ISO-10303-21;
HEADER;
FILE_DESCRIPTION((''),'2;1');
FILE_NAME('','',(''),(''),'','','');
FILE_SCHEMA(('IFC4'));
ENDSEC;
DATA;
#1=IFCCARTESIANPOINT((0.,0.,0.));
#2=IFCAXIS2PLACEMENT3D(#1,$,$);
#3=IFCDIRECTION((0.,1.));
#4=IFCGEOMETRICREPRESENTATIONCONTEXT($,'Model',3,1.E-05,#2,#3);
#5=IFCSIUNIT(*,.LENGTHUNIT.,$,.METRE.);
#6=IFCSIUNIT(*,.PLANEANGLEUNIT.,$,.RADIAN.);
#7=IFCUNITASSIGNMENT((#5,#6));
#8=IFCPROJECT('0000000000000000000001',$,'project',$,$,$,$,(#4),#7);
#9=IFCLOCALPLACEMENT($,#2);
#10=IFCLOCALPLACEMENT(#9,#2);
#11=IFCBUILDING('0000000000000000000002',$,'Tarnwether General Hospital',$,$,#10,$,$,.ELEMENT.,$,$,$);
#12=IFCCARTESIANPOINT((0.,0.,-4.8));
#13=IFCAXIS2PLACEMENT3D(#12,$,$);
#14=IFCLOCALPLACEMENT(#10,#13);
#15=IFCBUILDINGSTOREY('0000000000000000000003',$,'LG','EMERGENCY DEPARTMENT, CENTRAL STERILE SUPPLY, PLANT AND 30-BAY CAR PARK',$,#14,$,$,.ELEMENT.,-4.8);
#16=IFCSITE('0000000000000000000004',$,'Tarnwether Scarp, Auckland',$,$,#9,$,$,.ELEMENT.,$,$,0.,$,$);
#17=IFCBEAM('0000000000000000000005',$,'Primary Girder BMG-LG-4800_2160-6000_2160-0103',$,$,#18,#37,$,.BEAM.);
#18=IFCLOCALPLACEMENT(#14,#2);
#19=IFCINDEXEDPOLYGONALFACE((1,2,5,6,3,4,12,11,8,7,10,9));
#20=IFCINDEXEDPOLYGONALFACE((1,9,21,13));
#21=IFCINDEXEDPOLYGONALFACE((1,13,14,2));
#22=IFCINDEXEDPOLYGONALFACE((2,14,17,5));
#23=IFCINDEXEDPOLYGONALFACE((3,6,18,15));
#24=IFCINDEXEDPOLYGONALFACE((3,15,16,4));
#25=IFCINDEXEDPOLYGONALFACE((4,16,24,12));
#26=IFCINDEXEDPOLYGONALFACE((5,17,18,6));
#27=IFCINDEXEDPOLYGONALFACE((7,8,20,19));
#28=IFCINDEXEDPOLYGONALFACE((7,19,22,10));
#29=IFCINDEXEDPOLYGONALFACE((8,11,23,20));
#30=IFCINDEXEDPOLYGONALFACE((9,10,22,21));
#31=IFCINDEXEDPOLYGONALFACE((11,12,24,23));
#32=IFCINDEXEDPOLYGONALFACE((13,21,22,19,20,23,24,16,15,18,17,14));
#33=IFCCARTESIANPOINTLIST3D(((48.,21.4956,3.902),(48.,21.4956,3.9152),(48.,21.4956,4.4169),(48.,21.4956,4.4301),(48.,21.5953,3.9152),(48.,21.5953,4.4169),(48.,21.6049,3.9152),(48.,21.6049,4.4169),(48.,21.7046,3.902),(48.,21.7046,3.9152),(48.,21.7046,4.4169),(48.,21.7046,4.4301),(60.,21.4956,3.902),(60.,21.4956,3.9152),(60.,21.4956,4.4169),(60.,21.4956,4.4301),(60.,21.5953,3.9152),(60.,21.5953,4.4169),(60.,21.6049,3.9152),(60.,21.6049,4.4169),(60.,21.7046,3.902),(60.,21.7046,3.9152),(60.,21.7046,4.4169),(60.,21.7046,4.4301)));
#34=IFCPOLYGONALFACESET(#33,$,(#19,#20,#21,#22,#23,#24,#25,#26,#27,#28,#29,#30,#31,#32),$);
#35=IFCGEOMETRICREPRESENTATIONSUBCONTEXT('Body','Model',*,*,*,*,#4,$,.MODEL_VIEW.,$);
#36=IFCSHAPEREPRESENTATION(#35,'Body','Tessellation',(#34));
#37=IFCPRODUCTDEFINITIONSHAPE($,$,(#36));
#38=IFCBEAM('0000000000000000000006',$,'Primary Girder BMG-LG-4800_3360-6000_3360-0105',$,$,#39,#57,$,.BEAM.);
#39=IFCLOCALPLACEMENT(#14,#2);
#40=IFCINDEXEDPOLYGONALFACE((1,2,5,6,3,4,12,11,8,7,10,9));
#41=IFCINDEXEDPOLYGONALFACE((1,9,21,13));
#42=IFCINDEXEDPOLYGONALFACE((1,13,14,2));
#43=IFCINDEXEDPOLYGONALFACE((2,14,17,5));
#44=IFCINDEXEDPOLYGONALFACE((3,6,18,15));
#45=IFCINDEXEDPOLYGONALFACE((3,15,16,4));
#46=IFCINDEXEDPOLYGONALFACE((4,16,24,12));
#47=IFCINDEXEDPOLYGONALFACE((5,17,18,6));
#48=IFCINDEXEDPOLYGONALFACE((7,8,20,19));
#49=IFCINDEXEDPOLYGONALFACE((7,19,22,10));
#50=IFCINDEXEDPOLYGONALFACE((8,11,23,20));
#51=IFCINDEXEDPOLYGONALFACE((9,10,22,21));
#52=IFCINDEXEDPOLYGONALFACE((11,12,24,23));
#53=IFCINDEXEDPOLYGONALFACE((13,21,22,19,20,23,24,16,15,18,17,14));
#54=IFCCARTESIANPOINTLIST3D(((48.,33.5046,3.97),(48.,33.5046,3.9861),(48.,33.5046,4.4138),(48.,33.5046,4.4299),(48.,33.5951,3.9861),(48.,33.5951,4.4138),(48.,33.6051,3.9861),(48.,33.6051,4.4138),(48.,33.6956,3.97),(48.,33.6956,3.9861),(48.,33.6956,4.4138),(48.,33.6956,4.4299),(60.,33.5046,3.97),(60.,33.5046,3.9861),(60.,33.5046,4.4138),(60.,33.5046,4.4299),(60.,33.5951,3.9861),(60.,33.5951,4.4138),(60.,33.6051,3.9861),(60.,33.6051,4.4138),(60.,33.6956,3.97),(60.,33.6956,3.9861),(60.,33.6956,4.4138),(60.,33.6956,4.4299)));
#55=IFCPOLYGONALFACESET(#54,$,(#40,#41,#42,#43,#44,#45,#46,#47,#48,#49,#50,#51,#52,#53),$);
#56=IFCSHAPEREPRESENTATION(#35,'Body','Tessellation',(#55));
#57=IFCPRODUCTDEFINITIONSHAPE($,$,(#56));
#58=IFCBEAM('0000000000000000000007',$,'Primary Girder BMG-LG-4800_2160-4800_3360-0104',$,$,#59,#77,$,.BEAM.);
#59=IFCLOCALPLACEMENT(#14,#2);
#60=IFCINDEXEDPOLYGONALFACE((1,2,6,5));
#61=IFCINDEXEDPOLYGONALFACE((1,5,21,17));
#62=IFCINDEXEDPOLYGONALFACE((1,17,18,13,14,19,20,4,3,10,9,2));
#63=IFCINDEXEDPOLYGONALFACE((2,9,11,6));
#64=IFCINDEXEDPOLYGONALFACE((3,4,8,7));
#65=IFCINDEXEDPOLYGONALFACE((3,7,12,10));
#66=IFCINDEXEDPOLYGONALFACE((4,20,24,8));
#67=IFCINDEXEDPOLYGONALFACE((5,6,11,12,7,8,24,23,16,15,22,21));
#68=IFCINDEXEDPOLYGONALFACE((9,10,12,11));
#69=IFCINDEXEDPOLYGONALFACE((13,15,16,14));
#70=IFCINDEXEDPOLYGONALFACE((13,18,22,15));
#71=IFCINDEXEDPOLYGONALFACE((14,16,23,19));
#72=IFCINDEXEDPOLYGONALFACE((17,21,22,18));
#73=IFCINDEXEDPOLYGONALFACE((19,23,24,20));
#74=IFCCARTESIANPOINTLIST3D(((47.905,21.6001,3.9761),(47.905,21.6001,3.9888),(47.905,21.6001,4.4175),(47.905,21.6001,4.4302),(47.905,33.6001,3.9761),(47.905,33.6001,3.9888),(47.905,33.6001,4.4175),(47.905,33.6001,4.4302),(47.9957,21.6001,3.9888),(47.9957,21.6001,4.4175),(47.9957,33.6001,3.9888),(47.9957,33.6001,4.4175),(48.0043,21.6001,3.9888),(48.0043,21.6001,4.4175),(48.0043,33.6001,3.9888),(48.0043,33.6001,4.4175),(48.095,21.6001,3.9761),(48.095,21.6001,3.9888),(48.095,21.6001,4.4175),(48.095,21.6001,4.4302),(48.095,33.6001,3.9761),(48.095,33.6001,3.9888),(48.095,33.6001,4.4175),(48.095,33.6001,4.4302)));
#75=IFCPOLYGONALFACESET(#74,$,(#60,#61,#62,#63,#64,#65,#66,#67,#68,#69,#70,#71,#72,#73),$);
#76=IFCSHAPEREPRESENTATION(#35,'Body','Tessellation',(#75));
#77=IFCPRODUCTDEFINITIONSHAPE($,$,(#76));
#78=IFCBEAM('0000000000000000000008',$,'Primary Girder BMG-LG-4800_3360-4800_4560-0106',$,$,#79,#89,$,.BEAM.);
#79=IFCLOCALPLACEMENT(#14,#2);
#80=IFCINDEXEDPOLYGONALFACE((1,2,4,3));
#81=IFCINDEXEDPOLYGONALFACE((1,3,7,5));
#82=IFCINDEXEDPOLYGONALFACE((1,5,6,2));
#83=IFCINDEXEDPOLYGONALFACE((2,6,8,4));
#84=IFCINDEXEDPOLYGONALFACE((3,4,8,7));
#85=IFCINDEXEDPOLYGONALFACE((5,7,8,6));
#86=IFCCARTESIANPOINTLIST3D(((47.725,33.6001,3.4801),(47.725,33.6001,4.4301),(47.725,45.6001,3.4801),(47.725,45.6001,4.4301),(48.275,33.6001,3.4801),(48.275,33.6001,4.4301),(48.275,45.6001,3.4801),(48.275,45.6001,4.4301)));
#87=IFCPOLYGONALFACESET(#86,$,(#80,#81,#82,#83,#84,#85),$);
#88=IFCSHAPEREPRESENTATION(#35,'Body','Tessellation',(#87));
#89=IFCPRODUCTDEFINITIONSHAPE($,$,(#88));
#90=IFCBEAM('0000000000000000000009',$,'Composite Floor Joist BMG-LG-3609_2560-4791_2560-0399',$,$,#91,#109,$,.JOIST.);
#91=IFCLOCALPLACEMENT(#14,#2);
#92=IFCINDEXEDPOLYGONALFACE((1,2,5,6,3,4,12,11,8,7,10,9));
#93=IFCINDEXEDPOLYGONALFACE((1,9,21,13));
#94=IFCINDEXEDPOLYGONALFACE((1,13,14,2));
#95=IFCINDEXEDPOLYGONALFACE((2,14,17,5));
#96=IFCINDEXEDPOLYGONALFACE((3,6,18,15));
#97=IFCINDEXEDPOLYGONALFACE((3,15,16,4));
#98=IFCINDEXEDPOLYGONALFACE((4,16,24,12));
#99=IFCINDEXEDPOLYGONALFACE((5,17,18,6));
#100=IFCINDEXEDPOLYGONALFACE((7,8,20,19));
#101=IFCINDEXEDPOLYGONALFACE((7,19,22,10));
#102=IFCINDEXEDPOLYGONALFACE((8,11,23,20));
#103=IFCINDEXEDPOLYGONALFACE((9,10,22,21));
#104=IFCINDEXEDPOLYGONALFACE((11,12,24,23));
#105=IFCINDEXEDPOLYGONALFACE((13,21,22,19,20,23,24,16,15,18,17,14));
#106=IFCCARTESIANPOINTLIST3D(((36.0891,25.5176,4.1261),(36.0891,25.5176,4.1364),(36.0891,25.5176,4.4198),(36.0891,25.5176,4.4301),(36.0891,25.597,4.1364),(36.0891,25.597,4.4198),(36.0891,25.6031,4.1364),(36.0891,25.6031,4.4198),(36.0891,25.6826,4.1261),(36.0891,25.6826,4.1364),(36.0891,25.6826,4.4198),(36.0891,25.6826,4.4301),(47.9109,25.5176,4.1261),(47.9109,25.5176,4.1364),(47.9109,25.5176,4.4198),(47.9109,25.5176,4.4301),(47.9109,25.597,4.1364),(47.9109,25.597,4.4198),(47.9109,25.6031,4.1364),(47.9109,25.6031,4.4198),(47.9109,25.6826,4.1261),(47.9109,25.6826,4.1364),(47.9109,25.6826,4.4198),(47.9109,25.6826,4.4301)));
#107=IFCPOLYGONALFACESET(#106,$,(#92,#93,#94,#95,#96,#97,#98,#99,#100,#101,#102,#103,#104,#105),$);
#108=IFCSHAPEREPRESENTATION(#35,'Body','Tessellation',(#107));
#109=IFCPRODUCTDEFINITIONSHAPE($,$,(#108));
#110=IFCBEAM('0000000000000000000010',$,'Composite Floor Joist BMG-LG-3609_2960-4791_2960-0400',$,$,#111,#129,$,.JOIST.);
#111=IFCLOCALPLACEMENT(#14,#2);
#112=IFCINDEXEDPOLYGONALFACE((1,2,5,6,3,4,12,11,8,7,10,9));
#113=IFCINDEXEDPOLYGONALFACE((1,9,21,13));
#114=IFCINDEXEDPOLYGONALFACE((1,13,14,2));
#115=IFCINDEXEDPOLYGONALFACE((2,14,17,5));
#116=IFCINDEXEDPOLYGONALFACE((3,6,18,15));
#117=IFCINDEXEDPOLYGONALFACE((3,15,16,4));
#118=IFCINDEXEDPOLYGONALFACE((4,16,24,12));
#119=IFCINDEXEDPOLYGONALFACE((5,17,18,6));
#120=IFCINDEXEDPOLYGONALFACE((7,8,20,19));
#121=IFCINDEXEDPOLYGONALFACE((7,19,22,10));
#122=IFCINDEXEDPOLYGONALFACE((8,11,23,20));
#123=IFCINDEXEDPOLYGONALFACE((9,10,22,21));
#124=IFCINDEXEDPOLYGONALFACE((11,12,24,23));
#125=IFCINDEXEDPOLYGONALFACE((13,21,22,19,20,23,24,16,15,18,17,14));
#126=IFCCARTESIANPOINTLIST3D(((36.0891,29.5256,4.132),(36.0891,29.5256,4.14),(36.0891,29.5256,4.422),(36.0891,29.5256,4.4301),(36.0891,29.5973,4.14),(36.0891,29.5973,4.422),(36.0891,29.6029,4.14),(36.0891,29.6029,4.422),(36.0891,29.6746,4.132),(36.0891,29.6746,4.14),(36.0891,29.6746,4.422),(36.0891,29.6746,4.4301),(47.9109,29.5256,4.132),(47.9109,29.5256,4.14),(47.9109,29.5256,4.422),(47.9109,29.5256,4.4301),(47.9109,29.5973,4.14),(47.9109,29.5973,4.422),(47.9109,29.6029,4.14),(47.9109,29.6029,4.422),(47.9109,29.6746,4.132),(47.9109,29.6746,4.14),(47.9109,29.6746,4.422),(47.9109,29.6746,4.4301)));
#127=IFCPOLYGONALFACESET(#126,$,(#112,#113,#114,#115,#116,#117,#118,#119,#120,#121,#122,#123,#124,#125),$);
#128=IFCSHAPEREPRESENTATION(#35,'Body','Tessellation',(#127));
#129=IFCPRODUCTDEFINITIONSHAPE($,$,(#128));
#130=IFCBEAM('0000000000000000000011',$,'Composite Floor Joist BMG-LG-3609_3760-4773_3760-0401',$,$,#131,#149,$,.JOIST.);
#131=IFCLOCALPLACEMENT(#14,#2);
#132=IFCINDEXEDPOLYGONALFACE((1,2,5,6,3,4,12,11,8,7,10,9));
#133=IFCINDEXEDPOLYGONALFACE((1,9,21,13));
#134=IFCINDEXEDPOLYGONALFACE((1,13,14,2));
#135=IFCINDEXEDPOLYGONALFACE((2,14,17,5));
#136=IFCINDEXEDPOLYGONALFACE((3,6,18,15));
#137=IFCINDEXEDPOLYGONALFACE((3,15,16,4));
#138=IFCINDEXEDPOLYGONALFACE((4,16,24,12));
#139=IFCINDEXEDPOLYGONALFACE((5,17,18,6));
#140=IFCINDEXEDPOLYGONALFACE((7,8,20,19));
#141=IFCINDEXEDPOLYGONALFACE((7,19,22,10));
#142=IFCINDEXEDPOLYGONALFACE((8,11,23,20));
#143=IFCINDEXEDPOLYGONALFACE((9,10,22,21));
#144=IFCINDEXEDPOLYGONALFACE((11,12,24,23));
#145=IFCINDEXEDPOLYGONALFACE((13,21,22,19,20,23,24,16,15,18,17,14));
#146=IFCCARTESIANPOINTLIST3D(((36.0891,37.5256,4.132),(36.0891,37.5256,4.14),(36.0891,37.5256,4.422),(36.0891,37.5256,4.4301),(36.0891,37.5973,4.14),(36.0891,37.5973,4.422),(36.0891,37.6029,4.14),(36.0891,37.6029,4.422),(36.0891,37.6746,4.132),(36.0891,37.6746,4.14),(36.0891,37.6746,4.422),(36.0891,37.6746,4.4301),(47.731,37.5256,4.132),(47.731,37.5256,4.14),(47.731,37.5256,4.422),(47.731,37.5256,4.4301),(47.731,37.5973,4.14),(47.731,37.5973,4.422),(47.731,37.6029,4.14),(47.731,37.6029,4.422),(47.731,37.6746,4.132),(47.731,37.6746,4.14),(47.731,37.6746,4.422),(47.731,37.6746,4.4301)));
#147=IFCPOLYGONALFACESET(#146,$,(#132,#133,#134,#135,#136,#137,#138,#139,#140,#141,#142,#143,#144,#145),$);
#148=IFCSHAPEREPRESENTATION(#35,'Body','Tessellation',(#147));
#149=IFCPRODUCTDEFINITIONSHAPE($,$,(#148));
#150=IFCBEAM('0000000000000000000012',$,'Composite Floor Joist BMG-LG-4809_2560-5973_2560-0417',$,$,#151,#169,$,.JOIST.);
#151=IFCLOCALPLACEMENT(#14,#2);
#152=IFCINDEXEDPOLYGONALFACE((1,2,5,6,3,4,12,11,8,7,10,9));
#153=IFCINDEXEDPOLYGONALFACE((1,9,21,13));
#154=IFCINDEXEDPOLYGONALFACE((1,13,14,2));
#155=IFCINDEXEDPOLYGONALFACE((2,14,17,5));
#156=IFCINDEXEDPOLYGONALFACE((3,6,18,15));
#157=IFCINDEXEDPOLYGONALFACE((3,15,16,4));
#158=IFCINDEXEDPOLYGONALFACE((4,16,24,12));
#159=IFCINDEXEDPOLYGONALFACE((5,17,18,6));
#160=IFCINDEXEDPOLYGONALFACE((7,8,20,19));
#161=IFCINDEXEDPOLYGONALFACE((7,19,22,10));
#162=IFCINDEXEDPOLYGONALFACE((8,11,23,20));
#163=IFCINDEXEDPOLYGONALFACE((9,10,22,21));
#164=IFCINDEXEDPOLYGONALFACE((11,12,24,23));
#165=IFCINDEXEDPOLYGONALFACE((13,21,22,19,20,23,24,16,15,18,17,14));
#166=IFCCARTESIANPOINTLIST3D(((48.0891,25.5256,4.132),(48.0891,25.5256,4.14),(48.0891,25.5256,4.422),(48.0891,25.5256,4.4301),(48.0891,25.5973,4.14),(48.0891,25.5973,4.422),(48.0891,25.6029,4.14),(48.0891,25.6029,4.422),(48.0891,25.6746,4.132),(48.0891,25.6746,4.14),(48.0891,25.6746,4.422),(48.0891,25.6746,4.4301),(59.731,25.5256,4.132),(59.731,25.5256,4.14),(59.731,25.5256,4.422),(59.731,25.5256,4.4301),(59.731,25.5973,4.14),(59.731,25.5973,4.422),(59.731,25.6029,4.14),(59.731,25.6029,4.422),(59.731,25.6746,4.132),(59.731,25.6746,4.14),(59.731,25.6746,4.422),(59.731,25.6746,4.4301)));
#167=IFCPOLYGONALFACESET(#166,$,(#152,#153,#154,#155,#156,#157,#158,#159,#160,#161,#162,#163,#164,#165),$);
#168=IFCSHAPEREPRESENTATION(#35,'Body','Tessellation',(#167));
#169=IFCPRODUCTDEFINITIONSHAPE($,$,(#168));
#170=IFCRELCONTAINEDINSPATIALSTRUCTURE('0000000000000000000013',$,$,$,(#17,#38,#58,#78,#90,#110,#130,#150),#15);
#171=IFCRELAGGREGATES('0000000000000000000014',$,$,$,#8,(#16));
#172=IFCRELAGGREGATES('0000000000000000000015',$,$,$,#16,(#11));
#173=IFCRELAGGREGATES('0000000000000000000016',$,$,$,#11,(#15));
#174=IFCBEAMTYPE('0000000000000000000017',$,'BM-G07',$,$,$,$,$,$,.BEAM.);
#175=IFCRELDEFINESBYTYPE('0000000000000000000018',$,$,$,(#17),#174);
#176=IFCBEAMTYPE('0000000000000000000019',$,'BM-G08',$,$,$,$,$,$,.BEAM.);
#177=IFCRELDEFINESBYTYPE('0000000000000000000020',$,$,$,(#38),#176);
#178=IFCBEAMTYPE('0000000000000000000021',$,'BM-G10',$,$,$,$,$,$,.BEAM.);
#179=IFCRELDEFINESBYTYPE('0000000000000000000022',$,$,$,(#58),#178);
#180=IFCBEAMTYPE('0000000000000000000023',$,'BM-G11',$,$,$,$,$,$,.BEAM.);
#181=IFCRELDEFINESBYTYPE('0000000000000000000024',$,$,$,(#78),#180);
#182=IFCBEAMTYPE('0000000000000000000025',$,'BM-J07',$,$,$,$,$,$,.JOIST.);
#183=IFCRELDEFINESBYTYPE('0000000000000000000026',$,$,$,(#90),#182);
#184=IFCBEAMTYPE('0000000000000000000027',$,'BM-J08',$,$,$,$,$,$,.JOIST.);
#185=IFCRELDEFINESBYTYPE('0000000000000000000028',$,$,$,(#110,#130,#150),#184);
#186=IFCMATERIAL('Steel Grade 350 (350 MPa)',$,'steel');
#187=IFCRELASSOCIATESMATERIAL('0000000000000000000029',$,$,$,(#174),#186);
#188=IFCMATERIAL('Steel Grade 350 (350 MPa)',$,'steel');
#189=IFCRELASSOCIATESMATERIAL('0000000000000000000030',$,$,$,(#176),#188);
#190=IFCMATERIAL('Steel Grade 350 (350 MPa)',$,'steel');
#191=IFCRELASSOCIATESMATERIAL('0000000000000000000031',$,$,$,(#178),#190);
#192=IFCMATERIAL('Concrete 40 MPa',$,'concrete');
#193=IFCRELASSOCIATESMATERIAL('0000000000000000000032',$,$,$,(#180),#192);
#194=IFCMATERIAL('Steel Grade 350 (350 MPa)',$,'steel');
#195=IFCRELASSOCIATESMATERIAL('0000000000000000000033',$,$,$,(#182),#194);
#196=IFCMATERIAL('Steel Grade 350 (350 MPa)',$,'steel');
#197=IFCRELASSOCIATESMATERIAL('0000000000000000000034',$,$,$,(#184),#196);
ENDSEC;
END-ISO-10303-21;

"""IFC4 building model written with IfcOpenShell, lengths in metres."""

from ifc_helpers import new_model, si_unit, direction, frame, origin, origin_2d, place, context, subcontext, project, spatial, rectangle, i_section, extrude, material, material_profile, profile_set, type_object, element, save


model = new_model("IFC4")

# Units and contexts
model_context = context("Model", 3, precision=1e-05, world=origin(), true_north=direction((0.0, 1.0)))
body_context = subcontext(model_context, "Body", "Model", "MODEL_VIEW")
ifc_project = project(units=[si_unit("LENGTHUNIT", "METRE"), si_unit("PLANEANGLEUNIT", "RADIAN")], contexts=[model_context])

# Site, building, storey
site_placement = place(None, origin())
site = spatial("IfcSite", under=ifc_project, at=site_placement, Name="Tarnwether Scarp, Auckland", CompositionType="ELEMENT", RefElevation=0.0)
building_placement = place(site_placement, origin())
building = spatial("IfcBuilding", under=site, at=building_placement, Name="Tarnwether General Hospital", CompositionType="ELEMENT")
storey_placement = place(building_placement, frame((0.0, 0.0, -4.8)))
storey = spatial("IfcBuildingStorey", under=building, at=storey_placement, Name="LG", Description="EMERGENCY DEPARTMENT, CENTRAL STERILE SUPPLY, PLANT AND 30-BAY CAR PARK", CompositionType="ELEMENT", Elevation=-4.8)

# Beams
ifc_material_1 = material(Name="Steel Grade 350 (350 MPa)", Category="steel")
ifc_material_profile_1 = material_profile(ifc_material_1, i_section(OverallWidth=0.209, OverallDepth=0.5281, WebThickness=0.0095, FlangeThickness=0.0132, at=origin_2d()), Name="530UB82.0")
ifc_profile_set_1 = profile_set([ifc_material_profile_1], Name="Steel Grade 350 (350 MPa)")
beam_type_1 = type_object("IfcBeamType", Name="BM-G07", PredefinedType="BEAM", material=ifc_profile_set_1)
beam_1_placement = place(storey_placement, frame((48.0, 21.6001, 4.166), z_axis=(1.0, 0.0, 0.0), x_axis=(0.0, 1.0, 0.0)))
element("IfcBeam", 1, at=beam_1_placement, inside=storey, type_object=beam_type_1, Name="Primary Girder BMG-LG-4800_2160-6000_2160-0103", PredefinedType="BEAM", context=body_context, shape_type="SweptSolid", body=[
    extrude(i_section(OverallWidth=0.209, OverallDepth=0.5281, WebThickness=0.0095, FlangeThickness=0.0132, at=origin_2d()), origin(), (0.0, 0.0, 1.0), 12.0),
])
ifc_material_2 = material(Name="Steel Grade 350 (350 MPa)", Category="steel")
ifc_material_profile_2 = material_profile(ifc_material_2, i_section(OverallWidth=0.1909, OverallDepth=0.46, WebThickness=0.01, FlangeThickness=0.0161, at=origin_2d()), Name="460UB82.1")
ifc_profile_set_2 = profile_set([ifc_material_profile_2], Name="Steel Grade 350 (350 MPa)")
beam_type_2 = type_object("IfcBeamType", Name="BM-G08", PredefinedType="BEAM", material=ifc_profile_set_2)
beam_2_placement = place(storey_placement, frame((48.0, 33.6001, 4.2), z_axis=(1.0, 0.0, 0.0), x_axis=(0.0, 1.0, 0.0)))
element("IfcBeam", 2, at=beam_2_placement, inside=storey, type_object=beam_type_2, Name="Primary Girder BMG-LG-4800_3360-6000_3360-0105", PredefinedType="BEAM", context=body_context, shape_type="SweptSolid", body=[
    extrude(i_section(OverallWidth=0.1909, OverallDepth=0.46, WebThickness=0.01, FlangeThickness=0.0161, at=origin_2d()), origin(), (0.0, 0.0, 1.0), 12.0),
])
ifc_material_3 = material(Name="Steel Grade 350 (350 MPa)", Category="steel")
ifc_material_profile_3 = material_profile(ifc_material_3, i_section(OverallWidth=0.1899, OverallDepth=0.4541, WebThickness=0.0085, FlangeThickness=0.0127, at=origin_2d()), Name="460UB67.1")
ifc_profile_set_3 = profile_set([ifc_material_profile_3], Name="Steel Grade 350 (350 MPa)")
beam_type_3 = type_object("IfcBeamType", Name="BM-G10", PredefinedType="BEAM", material=ifc_profile_set_3)
beam_3_placement = place(storey_placement, frame((48.0, 21.6001, 4.2031), z_axis=(0.0, 1.0, 0.0), x_axis=(-1.0, 0.0, 0.0)))
element("IfcBeam", 3, at=beam_3_placement, inside=storey, type_object=beam_type_3, Name="Primary Girder BMG-LG-4800_2160-4800_3360-0104", PredefinedType="BEAM", context=body_context, shape_type="SweptSolid", body=[
    extrude(i_section(OverallWidth=0.1899, OverallDepth=0.4541, WebThickness=0.0085, FlangeThickness=0.0127, at=origin_2d()), origin(), (0.0, 0.0, 1.0), 12.0),
])
ifc_material_4 = material(Name="Concrete 40 MPa", Category="concrete")
ifc_material_profile_4 = material_profile(ifc_material_4, rectangle(XDim=0.55, YDim=0.95, at=origin_2d()), Name="RC-BM-550x950")
ifc_profile_set_4 = profile_set([ifc_material_profile_4], Name="Concrete 40 MPa")
beam_type_4 = type_object("IfcBeamType", Name="BM-G11", PredefinedType="BEAM", material=ifc_profile_set_4)
beam_4_placement = place(storey_placement, frame((48.0, 33.6001, 3.9551), z_axis=(0.0, 1.0, 0.0), x_axis=(-1.0, 0.0, 0.0)))
element("IfcBeam", 4, at=beam_4_placement, inside=storey, type_object=beam_type_4, Name="Primary Girder BMG-LG-4800_3360-4800_4560-0106", PredefinedType="BEAM", context=body_context, shape_type="SweptSolid", body=[
    extrude(rectangle(XDim=0.55, YDim=0.95, at=origin_2d()), origin(), (0.0, 0.0, 1.0), 12.0),
])
ifc_material_5 = material(Name="Steel Grade 350 (350 MPa)", Category="steel")
ifc_material_profile_5 = material_profile(ifc_material_5, i_section(OverallWidth=0.165, OverallDepth=0.304, WebThickness=0.0061, FlangeThickness=0.0103, at=origin_2d()), Name="310UB40.4")
ifc_profile_set_5 = profile_set([ifc_material_profile_5], Name="Steel Grade 350 (350 MPa)")
beam_type_5 = type_object("IfcBeamType", Name="BM-J07", PredefinedType="JOIST", material=ifc_profile_set_5)
beam_5_placement = place(storey_placement, frame((36.0891, 25.6001, 4.2781), z_axis=(1.0, 0.0, 0.0), x_axis=(0.0, 1.0, 0.0)))
element("IfcBeam", 5, at=beam_5_placement, inside=storey, type_object=beam_type_5, Name="Composite Floor Joist BMG-LG-3609_2560-4791_2560-0399", PredefinedType="JOIST", context=body_context, shape_type="SweptSolid", body=[
    extrude(i_section(OverallWidth=0.165, OverallDepth=0.304, WebThickness=0.0061, FlangeThickness=0.0103, at=origin_2d()), origin(), (0.0, 0.0, 1.0), 11.8218),
])
ifc_material_6 = material(Name="Steel Grade 350 (350 MPa)", Category="steel")
ifc_material_profile_6 = material_profile(ifc_material_6, i_section(OverallWidth=0.1489, OverallDepth=0.2981, WebThickness=0.0056, FlangeThickness=0.0081, at=origin_2d()), Name="310UB32.0")
ifc_profile_set_6 = profile_set([ifc_material_profile_6], Name="Steel Grade 350 (350 MPa)")
beam_type_6 = type_object("IfcBeamType", Name="BM-J08", PredefinedType="JOIST", material=ifc_profile_set_6)
beam_6_placement = place(storey_placement, frame((36.0891, 29.6001, 4.281), z_axis=(1.0, 0.0, 0.0), x_axis=(0.0, 1.0, 0.0)))
element("IfcBeam", 6, at=beam_6_placement, inside=storey, type_object=beam_type_6, Name="Composite Floor Joist BMG-LG-3609_2960-4791_2960-0400", PredefinedType="JOIST", context=body_context, shape_type="SweptSolid", body=[
    extrude(i_section(OverallWidth=0.1489, OverallDepth=0.2981, WebThickness=0.0056, FlangeThickness=0.0081, at=origin_2d()), origin(), (0.0, 0.0, 1.0), 11.8218),
])
for number, where, z_axis, x_axis, name in (
    (7, (36.0891, 37.6001, 4.281), (1.0, 0.0, 0.0), (0.0, 1.0, 0.0), "Composite Floor Joist BMG-LG-3609_3760-4773_3760-0401"),
    (8, (48.0891, 25.6001, 4.281), (1.0, 0.0, 0.0), (0.0, 1.0, 0.0), "Composite Floor Joist BMG-LG-4809_2560-5973_2560-0417"),
):
    element("IfcBeam", number, at=place(storey_placement, frame(where, z_axis=z_axis, x_axis=x_axis)), inside=storey, type_object=beam_type_6, Name=name, PredefinedType="JOIST", context=body_context, shape_type="SweptSolid", body=[
        extrude(i_section(OverallWidth=0.1489, OverallDepth=0.2981, WebThickness=0.0056, FlangeThickness=0.0081, at=origin_2d()), origin(), (0.0, 0.0, 1.0), 11.6418),
    ])

save(model, "model.ifc")
